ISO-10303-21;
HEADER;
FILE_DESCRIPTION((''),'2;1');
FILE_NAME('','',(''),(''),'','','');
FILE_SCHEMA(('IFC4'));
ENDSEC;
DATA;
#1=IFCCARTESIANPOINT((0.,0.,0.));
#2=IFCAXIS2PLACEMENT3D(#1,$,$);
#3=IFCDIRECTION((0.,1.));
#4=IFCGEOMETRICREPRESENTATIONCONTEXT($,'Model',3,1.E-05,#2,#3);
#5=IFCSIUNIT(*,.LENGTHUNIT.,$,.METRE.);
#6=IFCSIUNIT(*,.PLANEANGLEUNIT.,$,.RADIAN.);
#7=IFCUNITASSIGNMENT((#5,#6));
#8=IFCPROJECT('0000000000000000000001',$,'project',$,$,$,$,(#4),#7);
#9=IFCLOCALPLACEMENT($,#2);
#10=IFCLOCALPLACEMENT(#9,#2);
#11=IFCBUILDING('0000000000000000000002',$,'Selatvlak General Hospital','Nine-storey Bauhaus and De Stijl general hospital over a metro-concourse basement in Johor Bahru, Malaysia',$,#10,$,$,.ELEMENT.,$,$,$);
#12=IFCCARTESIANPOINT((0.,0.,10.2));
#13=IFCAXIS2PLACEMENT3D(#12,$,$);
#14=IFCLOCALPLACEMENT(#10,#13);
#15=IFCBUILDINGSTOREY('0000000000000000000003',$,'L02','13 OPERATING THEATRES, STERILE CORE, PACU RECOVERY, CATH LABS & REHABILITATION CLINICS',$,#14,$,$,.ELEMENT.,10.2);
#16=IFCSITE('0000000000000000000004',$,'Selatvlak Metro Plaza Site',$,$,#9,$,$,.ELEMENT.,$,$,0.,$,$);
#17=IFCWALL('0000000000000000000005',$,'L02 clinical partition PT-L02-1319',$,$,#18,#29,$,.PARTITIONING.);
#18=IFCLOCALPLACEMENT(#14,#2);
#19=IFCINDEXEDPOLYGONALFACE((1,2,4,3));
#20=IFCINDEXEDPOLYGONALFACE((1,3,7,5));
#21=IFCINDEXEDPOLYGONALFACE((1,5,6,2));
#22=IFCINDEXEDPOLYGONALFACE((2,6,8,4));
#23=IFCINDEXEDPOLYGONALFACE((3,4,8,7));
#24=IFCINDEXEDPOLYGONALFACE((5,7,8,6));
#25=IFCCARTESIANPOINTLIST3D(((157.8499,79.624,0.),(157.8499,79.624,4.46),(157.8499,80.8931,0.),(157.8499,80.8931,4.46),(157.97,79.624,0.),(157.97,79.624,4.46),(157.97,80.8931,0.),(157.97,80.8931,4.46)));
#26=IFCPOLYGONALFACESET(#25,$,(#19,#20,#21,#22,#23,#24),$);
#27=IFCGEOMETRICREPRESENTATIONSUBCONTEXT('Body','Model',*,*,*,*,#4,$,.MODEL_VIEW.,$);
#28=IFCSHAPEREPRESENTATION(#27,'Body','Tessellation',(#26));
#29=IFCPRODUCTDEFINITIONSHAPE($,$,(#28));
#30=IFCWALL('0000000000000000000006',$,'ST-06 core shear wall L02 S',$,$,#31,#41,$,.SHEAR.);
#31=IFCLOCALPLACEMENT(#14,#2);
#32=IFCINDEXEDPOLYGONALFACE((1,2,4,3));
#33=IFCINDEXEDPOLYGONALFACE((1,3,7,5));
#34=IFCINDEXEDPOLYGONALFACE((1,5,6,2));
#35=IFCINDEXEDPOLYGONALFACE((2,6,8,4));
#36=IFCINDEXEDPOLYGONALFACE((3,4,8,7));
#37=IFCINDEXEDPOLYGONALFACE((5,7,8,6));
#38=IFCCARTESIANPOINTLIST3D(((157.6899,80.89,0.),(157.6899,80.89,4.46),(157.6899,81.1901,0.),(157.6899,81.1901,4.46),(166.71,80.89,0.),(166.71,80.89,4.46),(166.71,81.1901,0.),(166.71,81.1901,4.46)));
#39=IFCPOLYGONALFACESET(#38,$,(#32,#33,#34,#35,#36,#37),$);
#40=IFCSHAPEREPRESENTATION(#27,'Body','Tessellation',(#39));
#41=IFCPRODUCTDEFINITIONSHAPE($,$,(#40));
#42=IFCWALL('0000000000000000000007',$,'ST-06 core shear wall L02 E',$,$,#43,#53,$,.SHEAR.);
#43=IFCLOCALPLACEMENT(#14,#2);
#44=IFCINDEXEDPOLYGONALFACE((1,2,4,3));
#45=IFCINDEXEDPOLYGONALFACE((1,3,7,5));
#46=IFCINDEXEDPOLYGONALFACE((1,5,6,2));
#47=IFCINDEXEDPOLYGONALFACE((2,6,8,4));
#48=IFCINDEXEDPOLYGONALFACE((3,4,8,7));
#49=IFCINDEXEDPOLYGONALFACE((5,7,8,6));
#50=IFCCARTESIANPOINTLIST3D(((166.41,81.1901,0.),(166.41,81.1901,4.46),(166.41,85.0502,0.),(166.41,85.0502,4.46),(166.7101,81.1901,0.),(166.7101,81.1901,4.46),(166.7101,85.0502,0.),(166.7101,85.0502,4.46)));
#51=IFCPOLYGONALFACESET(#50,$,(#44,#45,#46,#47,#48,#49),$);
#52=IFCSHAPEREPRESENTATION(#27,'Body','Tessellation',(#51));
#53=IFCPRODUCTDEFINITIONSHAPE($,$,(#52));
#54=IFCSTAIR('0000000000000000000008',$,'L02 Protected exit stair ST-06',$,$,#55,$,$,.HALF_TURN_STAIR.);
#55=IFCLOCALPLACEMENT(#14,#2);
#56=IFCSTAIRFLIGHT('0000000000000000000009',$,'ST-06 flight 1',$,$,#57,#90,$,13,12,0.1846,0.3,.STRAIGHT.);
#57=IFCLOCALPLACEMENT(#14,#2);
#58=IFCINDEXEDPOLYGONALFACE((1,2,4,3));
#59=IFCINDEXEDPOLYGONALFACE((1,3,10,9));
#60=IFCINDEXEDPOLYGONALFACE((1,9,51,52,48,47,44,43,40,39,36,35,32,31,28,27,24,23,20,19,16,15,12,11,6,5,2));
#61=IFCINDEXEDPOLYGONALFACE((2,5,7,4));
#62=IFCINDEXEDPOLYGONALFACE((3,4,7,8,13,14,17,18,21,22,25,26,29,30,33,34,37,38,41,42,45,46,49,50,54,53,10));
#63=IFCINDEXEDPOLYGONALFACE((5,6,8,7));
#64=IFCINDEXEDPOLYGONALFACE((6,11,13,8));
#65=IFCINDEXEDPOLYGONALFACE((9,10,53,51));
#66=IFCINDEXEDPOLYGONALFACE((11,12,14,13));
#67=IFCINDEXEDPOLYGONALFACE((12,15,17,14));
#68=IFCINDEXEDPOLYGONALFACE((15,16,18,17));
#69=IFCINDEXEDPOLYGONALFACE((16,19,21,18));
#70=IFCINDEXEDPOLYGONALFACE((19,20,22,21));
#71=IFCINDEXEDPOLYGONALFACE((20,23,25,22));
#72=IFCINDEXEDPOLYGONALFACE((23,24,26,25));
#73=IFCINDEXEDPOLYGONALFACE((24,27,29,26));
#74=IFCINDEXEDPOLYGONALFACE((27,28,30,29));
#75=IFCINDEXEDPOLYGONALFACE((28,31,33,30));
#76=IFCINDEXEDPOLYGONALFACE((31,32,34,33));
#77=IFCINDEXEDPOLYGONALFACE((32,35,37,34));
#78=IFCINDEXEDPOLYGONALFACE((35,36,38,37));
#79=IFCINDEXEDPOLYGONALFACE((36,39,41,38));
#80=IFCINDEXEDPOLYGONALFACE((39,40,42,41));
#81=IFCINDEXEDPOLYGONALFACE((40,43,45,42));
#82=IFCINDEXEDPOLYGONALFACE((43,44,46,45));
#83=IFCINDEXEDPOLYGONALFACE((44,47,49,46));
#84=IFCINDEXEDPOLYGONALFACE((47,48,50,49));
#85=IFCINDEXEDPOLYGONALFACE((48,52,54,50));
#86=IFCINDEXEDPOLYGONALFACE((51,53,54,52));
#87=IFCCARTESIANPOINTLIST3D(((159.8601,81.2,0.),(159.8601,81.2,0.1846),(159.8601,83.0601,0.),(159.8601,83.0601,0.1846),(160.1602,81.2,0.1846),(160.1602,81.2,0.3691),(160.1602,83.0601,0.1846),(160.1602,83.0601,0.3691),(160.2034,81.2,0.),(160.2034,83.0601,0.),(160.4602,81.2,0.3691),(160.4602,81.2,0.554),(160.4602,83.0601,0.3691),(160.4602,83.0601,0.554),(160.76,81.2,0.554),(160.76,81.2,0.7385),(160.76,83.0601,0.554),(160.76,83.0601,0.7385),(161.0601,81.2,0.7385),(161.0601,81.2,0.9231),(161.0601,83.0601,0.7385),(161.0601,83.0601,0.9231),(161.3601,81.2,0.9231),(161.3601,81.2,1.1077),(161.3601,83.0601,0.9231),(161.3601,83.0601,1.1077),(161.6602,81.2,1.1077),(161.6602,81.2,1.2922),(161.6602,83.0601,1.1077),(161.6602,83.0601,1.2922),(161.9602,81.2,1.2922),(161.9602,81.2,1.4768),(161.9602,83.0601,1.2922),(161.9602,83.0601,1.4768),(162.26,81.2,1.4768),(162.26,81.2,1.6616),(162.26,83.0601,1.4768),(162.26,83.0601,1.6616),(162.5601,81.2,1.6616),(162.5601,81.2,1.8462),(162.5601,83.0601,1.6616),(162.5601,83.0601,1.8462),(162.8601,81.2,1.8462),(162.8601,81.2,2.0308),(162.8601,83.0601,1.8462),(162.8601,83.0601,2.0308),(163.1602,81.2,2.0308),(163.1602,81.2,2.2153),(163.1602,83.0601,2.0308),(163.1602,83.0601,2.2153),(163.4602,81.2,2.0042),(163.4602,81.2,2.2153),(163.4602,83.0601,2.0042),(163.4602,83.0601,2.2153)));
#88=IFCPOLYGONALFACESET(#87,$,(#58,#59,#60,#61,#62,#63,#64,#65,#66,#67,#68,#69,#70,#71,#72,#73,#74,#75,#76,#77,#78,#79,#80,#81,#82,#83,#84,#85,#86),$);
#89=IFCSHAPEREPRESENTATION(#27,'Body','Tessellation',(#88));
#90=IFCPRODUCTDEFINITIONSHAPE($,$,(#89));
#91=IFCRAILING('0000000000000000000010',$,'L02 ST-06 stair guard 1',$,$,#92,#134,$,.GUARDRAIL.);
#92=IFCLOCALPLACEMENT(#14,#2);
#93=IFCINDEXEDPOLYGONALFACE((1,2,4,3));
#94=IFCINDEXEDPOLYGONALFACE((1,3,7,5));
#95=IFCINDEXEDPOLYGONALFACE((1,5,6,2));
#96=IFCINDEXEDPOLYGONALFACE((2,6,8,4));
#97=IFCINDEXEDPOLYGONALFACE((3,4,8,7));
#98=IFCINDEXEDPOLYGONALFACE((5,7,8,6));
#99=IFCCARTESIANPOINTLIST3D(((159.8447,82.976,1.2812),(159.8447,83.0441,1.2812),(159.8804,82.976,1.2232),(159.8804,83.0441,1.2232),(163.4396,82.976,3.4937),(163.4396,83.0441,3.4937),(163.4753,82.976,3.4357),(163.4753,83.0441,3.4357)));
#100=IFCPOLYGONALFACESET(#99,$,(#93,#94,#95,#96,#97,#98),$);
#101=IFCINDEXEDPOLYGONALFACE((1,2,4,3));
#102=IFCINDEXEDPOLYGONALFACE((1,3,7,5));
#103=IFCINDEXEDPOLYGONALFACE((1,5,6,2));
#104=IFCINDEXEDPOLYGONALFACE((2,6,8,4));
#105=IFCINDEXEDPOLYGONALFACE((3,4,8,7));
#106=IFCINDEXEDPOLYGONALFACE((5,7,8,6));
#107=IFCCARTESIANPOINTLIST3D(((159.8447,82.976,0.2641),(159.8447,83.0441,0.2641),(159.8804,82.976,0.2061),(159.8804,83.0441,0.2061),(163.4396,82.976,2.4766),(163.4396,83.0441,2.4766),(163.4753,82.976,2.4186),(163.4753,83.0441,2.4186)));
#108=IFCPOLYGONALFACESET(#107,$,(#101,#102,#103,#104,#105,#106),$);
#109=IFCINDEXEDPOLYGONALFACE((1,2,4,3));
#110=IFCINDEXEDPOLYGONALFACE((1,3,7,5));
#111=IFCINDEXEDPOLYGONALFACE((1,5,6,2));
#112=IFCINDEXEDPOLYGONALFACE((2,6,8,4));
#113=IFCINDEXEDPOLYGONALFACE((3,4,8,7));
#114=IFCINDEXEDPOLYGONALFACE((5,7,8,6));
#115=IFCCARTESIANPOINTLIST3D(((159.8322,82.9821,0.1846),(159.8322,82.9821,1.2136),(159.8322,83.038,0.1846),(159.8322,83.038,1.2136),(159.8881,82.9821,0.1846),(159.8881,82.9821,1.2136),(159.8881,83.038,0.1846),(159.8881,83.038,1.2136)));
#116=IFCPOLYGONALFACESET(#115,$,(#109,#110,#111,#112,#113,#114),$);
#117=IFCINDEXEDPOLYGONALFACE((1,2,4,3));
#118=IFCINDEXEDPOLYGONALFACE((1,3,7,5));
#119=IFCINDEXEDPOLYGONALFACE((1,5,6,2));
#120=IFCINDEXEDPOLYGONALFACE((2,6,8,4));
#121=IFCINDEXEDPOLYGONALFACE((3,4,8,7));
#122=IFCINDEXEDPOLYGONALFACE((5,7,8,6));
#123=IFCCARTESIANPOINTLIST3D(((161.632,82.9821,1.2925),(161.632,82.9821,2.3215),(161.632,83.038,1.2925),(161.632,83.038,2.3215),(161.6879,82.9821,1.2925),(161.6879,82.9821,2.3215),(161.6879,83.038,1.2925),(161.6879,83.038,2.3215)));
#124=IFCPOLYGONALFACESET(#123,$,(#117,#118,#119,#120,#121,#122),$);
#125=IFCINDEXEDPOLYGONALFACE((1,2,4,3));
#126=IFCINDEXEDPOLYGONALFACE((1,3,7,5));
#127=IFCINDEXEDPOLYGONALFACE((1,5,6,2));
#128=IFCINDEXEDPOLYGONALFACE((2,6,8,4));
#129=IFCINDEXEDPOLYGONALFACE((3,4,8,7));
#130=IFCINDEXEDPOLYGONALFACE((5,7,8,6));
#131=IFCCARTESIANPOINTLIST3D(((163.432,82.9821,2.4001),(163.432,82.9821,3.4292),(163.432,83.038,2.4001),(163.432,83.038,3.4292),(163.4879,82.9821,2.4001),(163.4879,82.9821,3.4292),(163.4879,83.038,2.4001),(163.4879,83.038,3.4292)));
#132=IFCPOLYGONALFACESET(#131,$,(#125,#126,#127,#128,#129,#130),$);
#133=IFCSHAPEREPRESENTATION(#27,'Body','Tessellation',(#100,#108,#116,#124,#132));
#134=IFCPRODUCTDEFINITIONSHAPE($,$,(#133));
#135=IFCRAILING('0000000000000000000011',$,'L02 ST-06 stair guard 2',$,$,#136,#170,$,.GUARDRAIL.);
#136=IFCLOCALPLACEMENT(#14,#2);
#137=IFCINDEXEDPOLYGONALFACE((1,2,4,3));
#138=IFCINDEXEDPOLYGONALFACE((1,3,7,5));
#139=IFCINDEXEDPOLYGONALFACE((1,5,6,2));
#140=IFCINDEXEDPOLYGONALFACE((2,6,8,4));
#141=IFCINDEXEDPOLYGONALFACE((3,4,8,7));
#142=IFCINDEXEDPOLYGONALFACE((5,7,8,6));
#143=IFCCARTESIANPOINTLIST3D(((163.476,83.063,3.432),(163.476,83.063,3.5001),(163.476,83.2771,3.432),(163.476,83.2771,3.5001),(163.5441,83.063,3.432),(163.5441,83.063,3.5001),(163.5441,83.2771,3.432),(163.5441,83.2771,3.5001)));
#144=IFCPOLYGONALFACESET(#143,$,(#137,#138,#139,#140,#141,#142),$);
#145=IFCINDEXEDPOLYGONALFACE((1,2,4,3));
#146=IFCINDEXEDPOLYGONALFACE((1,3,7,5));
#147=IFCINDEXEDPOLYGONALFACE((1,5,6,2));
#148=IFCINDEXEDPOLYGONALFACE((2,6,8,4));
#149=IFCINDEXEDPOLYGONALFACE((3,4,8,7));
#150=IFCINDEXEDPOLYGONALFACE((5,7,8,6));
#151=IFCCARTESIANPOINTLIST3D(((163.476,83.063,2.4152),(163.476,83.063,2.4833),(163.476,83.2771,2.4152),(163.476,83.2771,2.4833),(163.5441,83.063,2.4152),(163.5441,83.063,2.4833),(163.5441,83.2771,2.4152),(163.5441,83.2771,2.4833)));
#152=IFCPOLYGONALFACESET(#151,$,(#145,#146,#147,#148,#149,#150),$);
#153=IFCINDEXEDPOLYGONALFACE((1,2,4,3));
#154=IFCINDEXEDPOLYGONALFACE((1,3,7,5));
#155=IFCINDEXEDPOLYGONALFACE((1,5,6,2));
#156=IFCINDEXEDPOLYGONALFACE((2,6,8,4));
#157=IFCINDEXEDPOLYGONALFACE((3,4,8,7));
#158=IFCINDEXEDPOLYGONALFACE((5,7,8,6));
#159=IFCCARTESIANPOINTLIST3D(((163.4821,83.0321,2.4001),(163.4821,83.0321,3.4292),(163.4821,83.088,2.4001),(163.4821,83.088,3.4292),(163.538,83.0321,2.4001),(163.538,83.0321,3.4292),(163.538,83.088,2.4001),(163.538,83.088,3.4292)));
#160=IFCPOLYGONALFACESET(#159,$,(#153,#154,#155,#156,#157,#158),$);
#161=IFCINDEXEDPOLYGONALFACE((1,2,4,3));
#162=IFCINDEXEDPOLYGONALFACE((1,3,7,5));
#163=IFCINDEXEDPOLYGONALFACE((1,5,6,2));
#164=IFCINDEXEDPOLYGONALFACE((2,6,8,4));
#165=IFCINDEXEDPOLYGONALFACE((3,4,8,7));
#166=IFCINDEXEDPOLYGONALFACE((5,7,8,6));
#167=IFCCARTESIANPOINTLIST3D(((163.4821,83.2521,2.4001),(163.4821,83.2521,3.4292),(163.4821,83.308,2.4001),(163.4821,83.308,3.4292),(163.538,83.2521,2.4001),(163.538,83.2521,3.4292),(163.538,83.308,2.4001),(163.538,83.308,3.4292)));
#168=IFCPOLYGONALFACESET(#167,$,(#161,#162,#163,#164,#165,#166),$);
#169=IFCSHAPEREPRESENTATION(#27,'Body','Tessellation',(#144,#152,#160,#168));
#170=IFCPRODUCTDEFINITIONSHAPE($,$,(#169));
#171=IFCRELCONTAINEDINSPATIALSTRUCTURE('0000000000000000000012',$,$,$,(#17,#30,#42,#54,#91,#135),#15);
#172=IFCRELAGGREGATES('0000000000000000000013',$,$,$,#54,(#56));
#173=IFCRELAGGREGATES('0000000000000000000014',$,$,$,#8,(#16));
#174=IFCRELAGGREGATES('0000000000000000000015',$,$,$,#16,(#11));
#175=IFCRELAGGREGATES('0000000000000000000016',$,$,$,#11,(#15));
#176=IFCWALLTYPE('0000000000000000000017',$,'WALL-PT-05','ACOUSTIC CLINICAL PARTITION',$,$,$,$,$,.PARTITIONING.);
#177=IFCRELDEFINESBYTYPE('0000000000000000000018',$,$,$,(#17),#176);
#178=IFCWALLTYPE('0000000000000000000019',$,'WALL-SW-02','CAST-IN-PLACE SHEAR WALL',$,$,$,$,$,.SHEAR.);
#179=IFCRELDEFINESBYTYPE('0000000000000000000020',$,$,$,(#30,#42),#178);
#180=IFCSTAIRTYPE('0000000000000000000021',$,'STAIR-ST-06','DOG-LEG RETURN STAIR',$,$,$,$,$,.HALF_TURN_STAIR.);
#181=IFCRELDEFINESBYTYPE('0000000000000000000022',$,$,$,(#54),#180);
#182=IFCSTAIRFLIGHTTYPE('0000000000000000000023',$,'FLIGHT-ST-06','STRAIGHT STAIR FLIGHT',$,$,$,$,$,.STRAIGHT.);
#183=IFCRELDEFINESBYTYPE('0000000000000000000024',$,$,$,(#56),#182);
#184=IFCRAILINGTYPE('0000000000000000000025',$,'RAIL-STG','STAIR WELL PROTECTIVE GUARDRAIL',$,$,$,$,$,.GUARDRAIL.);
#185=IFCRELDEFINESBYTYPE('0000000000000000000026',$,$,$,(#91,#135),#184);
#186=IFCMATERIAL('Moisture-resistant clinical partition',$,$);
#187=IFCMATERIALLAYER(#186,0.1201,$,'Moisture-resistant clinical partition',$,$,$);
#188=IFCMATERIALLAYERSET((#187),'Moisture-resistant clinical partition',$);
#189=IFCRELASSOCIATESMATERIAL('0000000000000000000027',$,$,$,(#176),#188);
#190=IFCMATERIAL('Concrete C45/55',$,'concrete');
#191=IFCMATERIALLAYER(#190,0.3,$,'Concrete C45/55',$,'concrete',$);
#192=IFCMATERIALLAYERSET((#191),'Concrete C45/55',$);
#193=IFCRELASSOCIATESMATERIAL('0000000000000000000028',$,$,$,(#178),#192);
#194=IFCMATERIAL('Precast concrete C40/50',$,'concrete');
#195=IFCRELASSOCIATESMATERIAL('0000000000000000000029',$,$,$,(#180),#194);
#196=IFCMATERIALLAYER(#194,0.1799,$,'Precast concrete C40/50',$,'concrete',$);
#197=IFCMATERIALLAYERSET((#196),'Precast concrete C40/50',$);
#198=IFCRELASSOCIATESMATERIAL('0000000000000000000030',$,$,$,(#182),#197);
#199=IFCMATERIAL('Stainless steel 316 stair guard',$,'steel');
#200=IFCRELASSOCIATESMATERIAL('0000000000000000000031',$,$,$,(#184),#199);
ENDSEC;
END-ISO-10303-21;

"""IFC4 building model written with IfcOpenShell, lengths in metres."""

from ifc_helpers import new_model, si_unit, direction, frame, frame_2d, origin, origin_2d, place, context, subcontext, project, spatial, polyline, rectangle, outline, extrude, material, layer, layer_set, type_object, element, aggregate, save


model = new_model("IFC4")

# Units and contexts
model_context = context("Model", 3, precision=1e-05, world=origin(), true_north=direction((0.0, 1.0)))
body_context = subcontext(model_context, "Body", "Model", "MODEL_VIEW")
ifc_project = project(units=[si_unit("LENGTHUNIT", "METRE"), si_unit("PLANEANGLEUNIT", "RADIAN")], contexts=[model_context])

# Site, building, storey
site_placement = place(None, origin())
site = spatial("IfcSite", under=ifc_project, at=site_placement, Name="Selatvlak Metro Plaza Site", CompositionType="ELEMENT", RefElevation=0.0)
building_placement = place(site_placement, origin())
building = spatial("IfcBuilding", under=site, at=building_placement, Name="Selatvlak General Hospital", Description="Nine-storey Bauhaus and De Stijl general hospital over a metro-concourse basement in Johor Bahru, Malaysia", CompositionType="ELEMENT")
storey_placement = place(building_placement, frame((0.0, 0.0, 10.2)))
storey = spatial("IfcBuildingStorey", under=building, at=storey_placement, Name="L02", Description="13 OPERATING THEATRES, STERILE CORE, PACU RECOVERY, CATH LABS & REHABILITATION CLINICS", CompositionType="ELEMENT", Elevation=10.2)

# Shared definitions
ifc_material_1 = material(Name="Moisture-resistant clinical partition")

# Walls
ifc_layer_1 = layer(ifc_material_1, 0.1201, Name="Moisture-resistant clinical partition")
ifc_layer_set_1 = layer_set([ifc_layer_1], Name="Moisture-resistant clinical partition")
wall_type_1 = type_object("IfcWallType", Name="WALL-PT-05", Description="ACOUSTIC CLINICAL PARTITION", PredefinedType="PARTITIONING", material=ifc_layer_set_1)
wall_1_placement = place(storey_placement, frame((157.9099, 79.624, 0.0), z_axis=(0.0, 0.0, 1.0), x_axis=(0.0, 1.0, 0.0)))
element("IfcWall", 1, at=wall_1_placement, inside=storey, type_object=wall_type_1, Name="L02 clinical partition PT-L02-1319", PredefinedType="PARTITIONING", context=body_context, shape_type="SweptSolid", body=[
    extrude(rectangle(XDim=1.269, YDim=0.1201, at=frame_2d((0.6345, 0.0))), origin(), (0.0, 0.0, 1.0), 4.46),
])
ifc_material_2 = material(Name="Concrete C45/55", Category="concrete")
ifc_layer_2 = layer(ifc_material_2, 0.3, Name="Concrete C45/55", Category="concrete")
ifc_layer_set_2 = layer_set([ifc_layer_2], Name="Concrete C45/55")
wall_type_2 = type_object("IfcWallType", Name="WALL-SW-02", Description="CAST-IN-PLACE SHEAR WALL", PredefinedType="SHEAR", material=ifc_layer_set_2)
wall_2_placement = place(storey_placement, frame((157.6899, 81.04, 0.0), z_axis=(0.0, 0.0, 1.0), x_axis=(1.0, 0.0, 0.0)))
element("IfcWall", 2, at=wall_2_placement, inside=storey, type_object=wall_type_2, Name="ST-06 core shear wall L02 S", PredefinedType="SHEAR", context=body_context, shape_type="SweptSolid", body=[
    extrude(rectangle(XDim=9.02, YDim=0.3, at=frame_2d((4.51, 0.0))), origin(), (0.0, 0.0, 1.0), 4.46),
])
wall_3_placement = place(storey_placement, frame((166.5601, 81.1899, 0.0), z_axis=(0.0, 0.0, 1.0), x_axis=(0.0, 1.0, 0.0)))
element("IfcWall", 3, at=wall_3_placement, inside=storey, type_object=wall_type_2, Name="ST-06 core shear wall L02 E", PredefinedType="SHEAR", context=body_context, shape_type="SweptSolid", body=[
    extrude(rectangle(XDim=3.8601, YDim=0.3, at=frame_2d((1.9302, 0.0))), origin(), (0.0, 0.0, 1.0), 4.46),
])

# Stair, stair flight
ifc_material_3 = material(Name="Precast concrete C40/50", Category="concrete")
stair_type = type_object("IfcStairType", Name="STAIR-ST-06", Description="DOG-LEG RETURN STAIR", PredefinedType="HALF_TURN_STAIR", material=ifc_material_3)
stair_placement = place(storey_placement, origin())
stair = element("IfcStair", 4, at=stair_placement, inside=storey, type_object=stair_type, Name="L02 Protected exit stair ST-06", PredefinedType="HALF_TURN_STAIR")
ifc_layer_3 = layer(ifc_material_3, 0.1799, Name="Precast concrete C40/50", Category="concrete")
ifc_layer_set_3 = layer_set([ifc_layer_3], Name="Precast concrete C40/50")
stair_flight_type = type_object("IfcStairFlightType", Name="FLIGHT-ST-06", Description="STRAIGHT STAIR FLIGHT", PredefinedType="STRAIGHT", material=ifc_layer_set_3)
stair_flight_placement = place(storey_placement, frame((159.8601, 82.1299, 0.0), z_axis=(0.0, 0.0, 1.0), x_axis=(1.0, 0.0, 0.0)))
stair_flight = element("IfcStairFlight", 5, at=stair_flight_placement, type_object=stair_flight_type, Name="ST-06 flight 1", NumberOfRisers=13, NumberOfTreads=12, PredefinedType="STRAIGHT", RiserHeight=0.1846, TreadLength=0.3, context=body_context, shape_type="SweptSolid", body=[
    extrude(outline(polyline([(0.0, 0.0), (0.0, 0.1846), (0.3, 0.1846), (0.3, 0.3691), (0.6001, 0.3691), (0.6001, 0.554), (0.8999, 0.554), (0.8999, 0.7385), (1.2, 0.7385), (1.2, 0.9231), (1.5, 0.9231), (1.5, 1.1077), (1.8, 1.1077), (1.8, 1.2922), (2.1001, 1.2922), (2.1001, 1.4768), (2.3999, 1.4768), (2.3999, 1.6616), (2.7, 1.6616), (2.7, 1.8462), (3.0, 1.8462), (3.0, 2.0308), (3.3, 2.0308), (3.3, 2.2153), (3.6001, 2.2153), (3.6001, 2.3999), (3.6001, 2.0042), (0.3433, 0.0), (0.0, 0.0)])), frame((0.0, 0.9302, 0.0), z_axis=(0.0, -1.0, 0.0), x_axis=(1.0, 0.0, 0.0)), (0.0, 0.0, 1.0), 1.8601),
])
aggregate(stair, [stair_flight])

# Railings
ifc_material_4 = material(Name="Stainless steel 316 stair guard", Category="steel")
railing_type_1 = type_object("IfcRailingType", Name="RAIL-STG", Description="STAIR WELL PROTECTIVE GUARDRAIL", PredefinedType="GUARDRAIL", material=ifc_material_4)
railing_1_placement = place(storey_placement, frame((159.8601, 83.01, 0.1846)))
element("IfcRailing", 6, at=railing_1_placement, inside=storey, type_object=railing_type_1, Name="L02 ST-06 stair guard 1", PredefinedType="GUARDRAIL", context=body_context, shape_type="SweptSolid", body=[
    extrude(rectangle(XDim=0.0681, YDim=0.0681, at=origin_2d()), frame((0.0024, 0.0, 1.0676), z_axis=(0.851629, 0.0, 0.524146), x_axis=(0.0, 1.0, 0.0)), (0.0, 0.0, 1.0), 4.2212),
    extrude(rectangle(XDim=0.0681, YDim=0.0681, at=origin_2d()), frame((0.0024, 0.0, 0.0505), z_axis=(0.851629, 0.0, 0.524146), x_axis=(0.0, 1.0, 0.0)), (0.0, 0.0, 1.0), 4.2212),
    extrude(rectangle(XDim=0.0559, YDim=0.0559, at=origin_2d()), origin(), (0.0, 0.0, 1.0), 1.0291),
    extrude(rectangle(XDim=0.0559, YDim=0.0559, at=origin_2d()), frame((1.7998, 0.0, 1.1079)), (0.0, 0.0, 1.0), 1.0291),
    extrude(rectangle(XDim=0.0559, YDim=0.0559, at=origin_2d()), frame((3.5999, 0.0, 2.2156)), (0.0, 0.0, 1.0), 1.0291),
])
railing_2_placement = place(storey_placement, frame((163.51, 83.0601, 2.4001)))
element("IfcRailing", 7, at=railing_2_placement, inside=storey, type_object=railing_type_1, Name="L02 ST-06 stair guard 2", PredefinedType="GUARDRAIL", context=body_context, shape_type="SweptSolid", body=[
    extrude(rectangle(XDim=0.0681, YDim=0.0681, at=origin_2d()), frame((0.0, 0.0029, 1.0659), z_axis=(0.0, 1.0, 0.0), x_axis=(-1.0, 0.0, 0.0)), (0.0, 0.0, 1.0), 0.2141),
    extrude(rectangle(XDim=0.0681, YDim=0.0681, at=origin_2d()), frame((0.0, 0.0029, 0.0491), z_axis=(0.0, 1.0, 0.0), x_axis=(-1.0, 0.0, 0.0)), (0.0, 0.0, 1.0), 0.2141),
    extrude(rectangle(XDim=0.0559, YDim=0.0559, at=origin_2d()), origin(), (0.0, 0.0, 1.0), 1.0291),
    extrude(rectangle(XDim=0.0559, YDim=0.0559, at=origin_2d()), frame((0.0, 0.22, 0.0)), (0.0, 0.0, 1.0), 1.0291),
])

save(model, "model.ifc")
